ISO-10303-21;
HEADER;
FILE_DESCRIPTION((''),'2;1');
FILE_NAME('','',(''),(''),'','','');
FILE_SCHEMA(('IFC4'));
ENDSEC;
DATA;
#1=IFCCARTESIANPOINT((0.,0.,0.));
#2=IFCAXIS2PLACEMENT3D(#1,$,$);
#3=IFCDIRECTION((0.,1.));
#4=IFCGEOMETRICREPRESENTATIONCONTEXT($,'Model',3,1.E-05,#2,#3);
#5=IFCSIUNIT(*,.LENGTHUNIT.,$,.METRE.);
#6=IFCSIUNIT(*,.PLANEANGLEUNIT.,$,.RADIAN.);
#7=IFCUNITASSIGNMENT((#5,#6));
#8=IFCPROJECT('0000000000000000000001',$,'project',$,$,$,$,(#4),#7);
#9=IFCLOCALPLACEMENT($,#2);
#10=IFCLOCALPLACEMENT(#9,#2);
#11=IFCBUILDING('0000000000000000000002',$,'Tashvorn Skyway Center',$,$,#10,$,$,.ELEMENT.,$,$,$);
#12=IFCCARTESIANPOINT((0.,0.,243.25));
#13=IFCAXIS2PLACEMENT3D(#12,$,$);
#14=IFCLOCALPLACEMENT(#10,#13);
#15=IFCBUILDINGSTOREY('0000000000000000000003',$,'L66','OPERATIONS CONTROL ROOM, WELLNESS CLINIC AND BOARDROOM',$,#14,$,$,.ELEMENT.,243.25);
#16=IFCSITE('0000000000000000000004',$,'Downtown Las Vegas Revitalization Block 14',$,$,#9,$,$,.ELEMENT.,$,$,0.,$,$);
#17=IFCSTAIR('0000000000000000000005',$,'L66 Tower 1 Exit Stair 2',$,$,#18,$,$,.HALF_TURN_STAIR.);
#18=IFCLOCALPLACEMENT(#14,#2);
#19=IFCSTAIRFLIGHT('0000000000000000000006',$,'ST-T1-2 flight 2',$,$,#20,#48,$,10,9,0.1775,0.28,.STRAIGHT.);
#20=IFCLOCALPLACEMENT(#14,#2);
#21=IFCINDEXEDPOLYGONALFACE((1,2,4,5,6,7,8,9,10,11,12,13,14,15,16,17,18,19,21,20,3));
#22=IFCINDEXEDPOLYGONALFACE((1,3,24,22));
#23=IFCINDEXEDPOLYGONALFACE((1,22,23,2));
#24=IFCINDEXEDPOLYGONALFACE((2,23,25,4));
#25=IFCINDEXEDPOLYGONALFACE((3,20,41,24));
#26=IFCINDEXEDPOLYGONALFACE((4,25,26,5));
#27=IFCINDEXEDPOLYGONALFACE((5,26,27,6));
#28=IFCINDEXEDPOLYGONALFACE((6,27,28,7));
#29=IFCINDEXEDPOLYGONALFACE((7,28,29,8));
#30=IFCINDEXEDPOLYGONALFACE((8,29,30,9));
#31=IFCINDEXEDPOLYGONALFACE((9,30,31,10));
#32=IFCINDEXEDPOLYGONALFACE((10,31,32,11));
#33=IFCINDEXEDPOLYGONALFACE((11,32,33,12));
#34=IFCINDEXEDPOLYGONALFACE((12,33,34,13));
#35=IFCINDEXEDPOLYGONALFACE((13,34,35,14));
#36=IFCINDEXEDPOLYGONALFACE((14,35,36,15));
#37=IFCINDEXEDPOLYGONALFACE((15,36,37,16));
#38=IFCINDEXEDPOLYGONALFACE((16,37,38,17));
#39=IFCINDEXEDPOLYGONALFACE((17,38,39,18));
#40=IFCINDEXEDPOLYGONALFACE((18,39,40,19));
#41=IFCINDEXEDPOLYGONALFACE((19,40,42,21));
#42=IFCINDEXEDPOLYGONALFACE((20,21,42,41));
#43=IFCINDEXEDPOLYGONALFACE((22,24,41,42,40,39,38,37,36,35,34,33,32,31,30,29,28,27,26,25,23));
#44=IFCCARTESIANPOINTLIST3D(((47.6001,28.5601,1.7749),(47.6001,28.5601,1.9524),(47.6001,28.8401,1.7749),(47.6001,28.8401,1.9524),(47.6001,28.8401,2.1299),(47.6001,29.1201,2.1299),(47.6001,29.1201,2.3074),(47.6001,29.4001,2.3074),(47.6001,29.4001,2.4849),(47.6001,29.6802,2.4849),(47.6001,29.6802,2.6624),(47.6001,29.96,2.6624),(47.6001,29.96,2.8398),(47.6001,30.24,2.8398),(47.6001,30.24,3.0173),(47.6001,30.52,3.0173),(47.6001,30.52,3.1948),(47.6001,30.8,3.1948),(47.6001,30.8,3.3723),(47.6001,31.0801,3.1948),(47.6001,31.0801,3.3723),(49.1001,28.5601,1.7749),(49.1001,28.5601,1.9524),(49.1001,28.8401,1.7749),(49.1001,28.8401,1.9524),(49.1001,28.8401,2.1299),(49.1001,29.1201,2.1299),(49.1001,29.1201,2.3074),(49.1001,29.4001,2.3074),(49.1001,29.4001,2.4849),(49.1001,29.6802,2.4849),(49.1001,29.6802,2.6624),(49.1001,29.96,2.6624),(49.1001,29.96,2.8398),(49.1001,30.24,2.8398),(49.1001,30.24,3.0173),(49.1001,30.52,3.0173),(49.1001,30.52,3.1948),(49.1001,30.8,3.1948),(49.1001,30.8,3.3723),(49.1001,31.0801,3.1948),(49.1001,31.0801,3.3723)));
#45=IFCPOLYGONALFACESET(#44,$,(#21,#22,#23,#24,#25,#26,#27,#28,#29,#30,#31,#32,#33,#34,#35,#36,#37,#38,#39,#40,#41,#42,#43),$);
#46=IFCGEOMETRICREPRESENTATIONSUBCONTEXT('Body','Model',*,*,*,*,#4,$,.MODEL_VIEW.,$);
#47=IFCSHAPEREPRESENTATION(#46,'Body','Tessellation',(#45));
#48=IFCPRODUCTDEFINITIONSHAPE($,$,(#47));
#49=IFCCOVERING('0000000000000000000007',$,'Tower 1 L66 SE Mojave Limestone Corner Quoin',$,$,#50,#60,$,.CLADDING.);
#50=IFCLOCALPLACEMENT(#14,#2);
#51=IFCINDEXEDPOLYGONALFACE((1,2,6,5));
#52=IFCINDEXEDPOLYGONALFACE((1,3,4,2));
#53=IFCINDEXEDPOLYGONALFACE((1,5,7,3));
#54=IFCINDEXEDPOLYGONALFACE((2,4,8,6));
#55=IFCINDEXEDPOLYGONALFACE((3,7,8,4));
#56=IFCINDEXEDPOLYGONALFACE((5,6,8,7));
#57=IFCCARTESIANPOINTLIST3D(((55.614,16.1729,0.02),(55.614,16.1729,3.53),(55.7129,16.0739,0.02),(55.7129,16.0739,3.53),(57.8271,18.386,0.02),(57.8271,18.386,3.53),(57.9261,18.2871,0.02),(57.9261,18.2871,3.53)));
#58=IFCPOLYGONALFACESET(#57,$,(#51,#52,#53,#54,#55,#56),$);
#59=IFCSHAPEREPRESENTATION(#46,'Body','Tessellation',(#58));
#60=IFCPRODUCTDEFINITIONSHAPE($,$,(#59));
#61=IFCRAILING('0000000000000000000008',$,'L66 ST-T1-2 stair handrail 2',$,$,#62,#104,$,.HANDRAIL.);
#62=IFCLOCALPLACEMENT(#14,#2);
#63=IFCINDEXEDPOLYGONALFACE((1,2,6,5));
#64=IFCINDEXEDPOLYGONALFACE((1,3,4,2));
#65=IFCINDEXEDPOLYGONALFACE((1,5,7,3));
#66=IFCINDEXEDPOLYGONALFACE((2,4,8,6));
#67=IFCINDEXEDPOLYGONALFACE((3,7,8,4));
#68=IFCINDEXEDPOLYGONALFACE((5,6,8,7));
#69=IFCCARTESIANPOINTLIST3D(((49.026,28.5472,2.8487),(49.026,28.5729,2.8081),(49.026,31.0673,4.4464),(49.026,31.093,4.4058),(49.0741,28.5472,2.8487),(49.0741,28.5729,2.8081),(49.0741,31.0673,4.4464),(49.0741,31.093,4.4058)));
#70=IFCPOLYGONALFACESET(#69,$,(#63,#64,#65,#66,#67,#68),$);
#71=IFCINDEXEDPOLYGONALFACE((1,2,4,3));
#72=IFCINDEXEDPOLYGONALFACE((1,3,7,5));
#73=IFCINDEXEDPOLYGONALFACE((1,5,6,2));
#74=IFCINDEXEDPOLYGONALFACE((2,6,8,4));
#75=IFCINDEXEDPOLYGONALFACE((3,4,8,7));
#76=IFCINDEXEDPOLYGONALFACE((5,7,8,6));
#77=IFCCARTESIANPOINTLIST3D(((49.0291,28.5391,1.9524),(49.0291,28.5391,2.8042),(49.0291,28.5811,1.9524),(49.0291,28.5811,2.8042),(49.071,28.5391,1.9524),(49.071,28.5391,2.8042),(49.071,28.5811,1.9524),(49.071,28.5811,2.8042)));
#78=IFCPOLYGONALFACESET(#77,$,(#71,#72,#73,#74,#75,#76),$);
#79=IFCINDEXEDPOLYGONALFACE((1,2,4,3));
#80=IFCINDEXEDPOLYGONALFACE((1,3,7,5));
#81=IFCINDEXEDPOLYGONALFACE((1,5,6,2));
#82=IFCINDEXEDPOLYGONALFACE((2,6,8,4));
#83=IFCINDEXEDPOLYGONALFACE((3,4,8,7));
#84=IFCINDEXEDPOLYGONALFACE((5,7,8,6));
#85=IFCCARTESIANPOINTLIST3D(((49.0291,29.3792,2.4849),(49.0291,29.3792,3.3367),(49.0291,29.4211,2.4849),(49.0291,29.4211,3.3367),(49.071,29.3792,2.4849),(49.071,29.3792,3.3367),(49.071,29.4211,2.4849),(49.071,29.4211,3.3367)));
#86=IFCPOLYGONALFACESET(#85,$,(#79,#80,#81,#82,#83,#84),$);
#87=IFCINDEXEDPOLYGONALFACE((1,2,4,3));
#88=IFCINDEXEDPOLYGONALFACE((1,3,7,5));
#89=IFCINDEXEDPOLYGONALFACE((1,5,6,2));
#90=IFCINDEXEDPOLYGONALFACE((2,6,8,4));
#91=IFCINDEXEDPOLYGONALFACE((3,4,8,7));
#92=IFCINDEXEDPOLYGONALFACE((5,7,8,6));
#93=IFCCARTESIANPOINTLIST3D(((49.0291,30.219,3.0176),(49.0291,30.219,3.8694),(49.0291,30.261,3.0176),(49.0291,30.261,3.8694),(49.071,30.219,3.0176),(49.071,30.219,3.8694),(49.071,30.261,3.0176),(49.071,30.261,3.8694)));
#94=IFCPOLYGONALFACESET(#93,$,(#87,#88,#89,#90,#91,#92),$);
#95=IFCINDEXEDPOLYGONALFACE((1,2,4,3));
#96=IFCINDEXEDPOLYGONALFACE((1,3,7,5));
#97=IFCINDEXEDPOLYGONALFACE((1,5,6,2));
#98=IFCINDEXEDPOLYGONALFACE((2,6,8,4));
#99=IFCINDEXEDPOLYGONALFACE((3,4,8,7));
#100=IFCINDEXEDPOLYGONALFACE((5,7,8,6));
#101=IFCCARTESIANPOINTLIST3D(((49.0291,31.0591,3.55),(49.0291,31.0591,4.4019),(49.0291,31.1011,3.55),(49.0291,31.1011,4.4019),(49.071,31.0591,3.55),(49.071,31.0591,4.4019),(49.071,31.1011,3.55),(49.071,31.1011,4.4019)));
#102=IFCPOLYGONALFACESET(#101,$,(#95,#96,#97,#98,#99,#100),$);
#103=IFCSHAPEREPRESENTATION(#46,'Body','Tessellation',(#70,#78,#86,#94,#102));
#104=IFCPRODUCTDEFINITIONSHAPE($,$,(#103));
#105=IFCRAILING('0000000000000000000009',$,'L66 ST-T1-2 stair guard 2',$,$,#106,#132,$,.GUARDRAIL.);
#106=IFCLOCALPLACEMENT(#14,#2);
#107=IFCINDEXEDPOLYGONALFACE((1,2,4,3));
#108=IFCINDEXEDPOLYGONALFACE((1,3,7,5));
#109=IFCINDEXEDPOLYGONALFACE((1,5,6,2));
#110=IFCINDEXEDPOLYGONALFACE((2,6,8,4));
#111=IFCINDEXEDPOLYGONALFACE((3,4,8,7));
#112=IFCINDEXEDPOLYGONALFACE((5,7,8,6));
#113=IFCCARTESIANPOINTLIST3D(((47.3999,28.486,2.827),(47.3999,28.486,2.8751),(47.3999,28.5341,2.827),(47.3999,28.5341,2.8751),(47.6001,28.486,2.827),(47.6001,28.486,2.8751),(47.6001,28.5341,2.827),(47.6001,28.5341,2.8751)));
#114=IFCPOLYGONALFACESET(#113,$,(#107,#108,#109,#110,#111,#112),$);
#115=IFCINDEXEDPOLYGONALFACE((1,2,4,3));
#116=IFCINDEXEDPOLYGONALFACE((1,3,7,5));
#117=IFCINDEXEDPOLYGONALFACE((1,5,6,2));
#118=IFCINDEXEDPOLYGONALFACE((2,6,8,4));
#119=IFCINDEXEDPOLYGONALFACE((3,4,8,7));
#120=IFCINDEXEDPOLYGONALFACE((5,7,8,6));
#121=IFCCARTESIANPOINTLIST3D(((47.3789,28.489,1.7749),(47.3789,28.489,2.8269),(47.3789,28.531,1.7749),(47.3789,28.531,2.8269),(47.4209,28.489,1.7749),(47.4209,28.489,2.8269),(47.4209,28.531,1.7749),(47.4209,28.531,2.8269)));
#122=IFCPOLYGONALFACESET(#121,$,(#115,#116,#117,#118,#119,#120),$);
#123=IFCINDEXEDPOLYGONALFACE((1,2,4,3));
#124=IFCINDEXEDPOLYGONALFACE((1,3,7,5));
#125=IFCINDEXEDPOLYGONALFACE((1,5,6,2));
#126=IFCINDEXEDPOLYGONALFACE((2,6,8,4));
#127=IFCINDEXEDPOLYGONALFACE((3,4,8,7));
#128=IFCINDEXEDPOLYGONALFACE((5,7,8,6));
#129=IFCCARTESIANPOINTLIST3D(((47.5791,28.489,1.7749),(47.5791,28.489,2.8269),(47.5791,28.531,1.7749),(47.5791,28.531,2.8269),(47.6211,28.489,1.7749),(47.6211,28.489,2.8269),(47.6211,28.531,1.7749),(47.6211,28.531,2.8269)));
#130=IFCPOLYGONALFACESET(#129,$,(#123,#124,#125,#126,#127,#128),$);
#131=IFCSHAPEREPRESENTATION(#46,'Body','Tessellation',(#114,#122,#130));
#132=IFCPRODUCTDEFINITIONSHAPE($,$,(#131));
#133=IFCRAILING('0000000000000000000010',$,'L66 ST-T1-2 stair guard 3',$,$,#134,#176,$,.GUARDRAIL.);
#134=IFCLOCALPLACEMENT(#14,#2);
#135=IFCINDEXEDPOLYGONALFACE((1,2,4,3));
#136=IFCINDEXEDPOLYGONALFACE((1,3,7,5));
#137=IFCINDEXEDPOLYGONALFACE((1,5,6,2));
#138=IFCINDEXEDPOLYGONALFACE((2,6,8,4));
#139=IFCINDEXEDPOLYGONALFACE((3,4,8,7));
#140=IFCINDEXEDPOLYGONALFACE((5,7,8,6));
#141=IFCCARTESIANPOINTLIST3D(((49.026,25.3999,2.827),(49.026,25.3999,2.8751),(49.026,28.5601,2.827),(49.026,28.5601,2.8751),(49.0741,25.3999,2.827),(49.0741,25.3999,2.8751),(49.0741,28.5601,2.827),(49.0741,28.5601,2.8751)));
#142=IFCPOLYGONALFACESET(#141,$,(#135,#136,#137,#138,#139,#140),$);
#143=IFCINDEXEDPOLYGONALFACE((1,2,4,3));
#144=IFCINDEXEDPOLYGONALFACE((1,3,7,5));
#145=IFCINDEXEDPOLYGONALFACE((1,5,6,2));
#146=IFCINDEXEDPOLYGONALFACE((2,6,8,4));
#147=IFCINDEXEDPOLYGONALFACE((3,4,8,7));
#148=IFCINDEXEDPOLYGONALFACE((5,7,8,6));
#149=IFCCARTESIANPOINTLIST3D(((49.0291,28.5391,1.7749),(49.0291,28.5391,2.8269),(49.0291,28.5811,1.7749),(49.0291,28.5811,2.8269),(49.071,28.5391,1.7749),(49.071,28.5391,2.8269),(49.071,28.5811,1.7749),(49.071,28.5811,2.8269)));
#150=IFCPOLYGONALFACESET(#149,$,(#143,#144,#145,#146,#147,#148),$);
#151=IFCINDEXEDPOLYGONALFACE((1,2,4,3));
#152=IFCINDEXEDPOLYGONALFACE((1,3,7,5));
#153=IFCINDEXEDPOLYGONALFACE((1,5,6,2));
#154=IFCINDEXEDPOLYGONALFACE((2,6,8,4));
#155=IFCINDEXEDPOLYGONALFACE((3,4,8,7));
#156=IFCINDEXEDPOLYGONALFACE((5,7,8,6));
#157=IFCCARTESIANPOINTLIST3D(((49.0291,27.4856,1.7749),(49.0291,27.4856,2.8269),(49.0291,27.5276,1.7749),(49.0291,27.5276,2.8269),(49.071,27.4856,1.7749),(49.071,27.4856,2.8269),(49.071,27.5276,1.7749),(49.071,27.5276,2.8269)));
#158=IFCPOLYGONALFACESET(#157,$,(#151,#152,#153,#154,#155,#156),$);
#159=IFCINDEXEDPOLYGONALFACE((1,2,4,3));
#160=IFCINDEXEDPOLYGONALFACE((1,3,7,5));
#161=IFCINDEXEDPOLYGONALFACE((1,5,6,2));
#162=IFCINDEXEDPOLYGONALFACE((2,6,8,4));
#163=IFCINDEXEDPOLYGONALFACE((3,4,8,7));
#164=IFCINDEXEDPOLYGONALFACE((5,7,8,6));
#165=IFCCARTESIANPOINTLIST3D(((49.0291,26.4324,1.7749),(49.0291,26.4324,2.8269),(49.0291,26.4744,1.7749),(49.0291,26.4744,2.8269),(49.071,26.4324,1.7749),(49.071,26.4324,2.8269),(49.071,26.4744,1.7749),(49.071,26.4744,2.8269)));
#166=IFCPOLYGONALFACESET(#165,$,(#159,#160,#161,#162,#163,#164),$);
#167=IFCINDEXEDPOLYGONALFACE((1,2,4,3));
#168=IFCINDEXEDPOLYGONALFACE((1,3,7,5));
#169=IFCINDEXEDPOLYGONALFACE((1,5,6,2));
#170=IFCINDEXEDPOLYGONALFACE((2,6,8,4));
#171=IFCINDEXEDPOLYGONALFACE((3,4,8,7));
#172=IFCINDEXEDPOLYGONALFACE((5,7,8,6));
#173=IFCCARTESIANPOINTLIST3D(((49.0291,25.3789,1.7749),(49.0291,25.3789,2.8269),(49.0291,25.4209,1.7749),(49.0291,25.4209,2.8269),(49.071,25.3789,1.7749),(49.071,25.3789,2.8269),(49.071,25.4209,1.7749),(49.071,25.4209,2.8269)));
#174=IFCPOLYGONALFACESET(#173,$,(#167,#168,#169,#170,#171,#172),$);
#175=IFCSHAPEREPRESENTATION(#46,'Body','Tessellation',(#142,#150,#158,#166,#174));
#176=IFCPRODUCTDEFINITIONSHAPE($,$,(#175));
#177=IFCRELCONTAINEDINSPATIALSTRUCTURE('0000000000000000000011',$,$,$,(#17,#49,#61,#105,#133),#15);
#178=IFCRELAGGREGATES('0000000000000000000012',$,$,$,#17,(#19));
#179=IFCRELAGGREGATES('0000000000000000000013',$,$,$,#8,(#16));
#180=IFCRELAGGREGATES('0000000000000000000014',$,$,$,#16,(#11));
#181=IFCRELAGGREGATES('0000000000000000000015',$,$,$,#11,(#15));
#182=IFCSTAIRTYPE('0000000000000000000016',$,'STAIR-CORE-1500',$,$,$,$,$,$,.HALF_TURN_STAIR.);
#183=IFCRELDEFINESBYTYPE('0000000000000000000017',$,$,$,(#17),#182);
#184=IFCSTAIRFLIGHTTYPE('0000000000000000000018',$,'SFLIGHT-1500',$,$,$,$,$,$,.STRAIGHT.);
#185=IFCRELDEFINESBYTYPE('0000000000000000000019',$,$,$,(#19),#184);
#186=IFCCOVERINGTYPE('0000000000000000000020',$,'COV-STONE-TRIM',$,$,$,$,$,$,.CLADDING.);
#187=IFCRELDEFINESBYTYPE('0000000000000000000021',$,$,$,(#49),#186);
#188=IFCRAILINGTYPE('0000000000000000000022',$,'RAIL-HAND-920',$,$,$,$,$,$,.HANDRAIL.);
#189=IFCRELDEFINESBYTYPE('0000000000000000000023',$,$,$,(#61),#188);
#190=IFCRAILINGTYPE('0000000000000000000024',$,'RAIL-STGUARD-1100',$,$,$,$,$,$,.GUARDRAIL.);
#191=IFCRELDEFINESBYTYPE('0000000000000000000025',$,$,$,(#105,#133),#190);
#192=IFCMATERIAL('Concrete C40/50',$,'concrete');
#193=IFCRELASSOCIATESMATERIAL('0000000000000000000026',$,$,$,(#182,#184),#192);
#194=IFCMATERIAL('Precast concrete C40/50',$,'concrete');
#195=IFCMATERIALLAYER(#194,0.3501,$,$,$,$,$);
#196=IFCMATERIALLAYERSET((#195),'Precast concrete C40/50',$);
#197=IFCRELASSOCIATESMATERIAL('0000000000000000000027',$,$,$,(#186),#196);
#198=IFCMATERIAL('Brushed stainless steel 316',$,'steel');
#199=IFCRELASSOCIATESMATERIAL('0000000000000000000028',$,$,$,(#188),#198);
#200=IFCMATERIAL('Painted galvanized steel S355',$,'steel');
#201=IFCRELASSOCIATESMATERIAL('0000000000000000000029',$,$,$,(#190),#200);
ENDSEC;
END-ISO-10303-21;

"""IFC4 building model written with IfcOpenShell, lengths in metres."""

from ifc_helpers import new_model, si_unit, direction, frame, origin, origin_2d, place, context, subcontext, project, spatial, polyline, rectangle, outline, extrude, material, layer, layer_set, type_object, element, aggregate, save


model = new_model("IFC4")

# Units and contexts
model_context = context("Model", 3, precision=1e-05, world=origin(), true_north=direction((0.0, 1.0)))
body_context = subcontext(model_context, "Body", "Model", "MODEL_VIEW")
ifc_project = project(units=[si_unit("LENGTHUNIT", "METRE"), si_unit("PLANEANGLEUNIT", "RADIAN")], contexts=[model_context])

# Site, building, storey
site_placement = place(None, origin())
site = spatial("IfcSite", under=ifc_project, at=site_placement, Name="Downtown Las Vegas Revitalization Block 14", CompositionType="ELEMENT", RefElevation=0.0)
building_placement = place(site_placement, origin())
building = spatial("IfcBuilding", under=site, at=building_placement, Name="Tashvorn Skyway Center", CompositionType="ELEMENT")
storey_placement = place(building_placement, frame((0.0, 0.0, 243.25)))
storey = spatial("IfcBuildingStorey", under=building, at=storey_placement, Name="L66", Description="OPERATIONS CONTROL ROOM, WELLNESS CLINIC AND BOARDROOM", CompositionType="ELEMENT", Elevation=243.25)

# Stair, stair flight
ifc_material_1 = material(Name="Concrete C40/50", Category="concrete")
stair_type = type_object("IfcStairType", Name="STAIR-CORE-1500", PredefinedType="HALF_TURN_STAIR", material=ifc_material_1)
stair_placement = place(storey_placement, origin())
stair = element("IfcStair", 1, at=stair_placement, inside=storey, type_object=stair_type, Name="L66 Tower 1 Exit Stair 2", PredefinedType="HALF_TURN_STAIR")
stair_flight_type = type_object("IfcStairFlightType", Name="SFLIGHT-1500", PredefinedType="STRAIGHT", material=ifc_material_1)
stair_flight_placement = place(storey_placement, frame((48.3501, 28.5601, 1.7749), z_axis=(0.0, 0.0, 1.0), x_axis=(0.0, 1.0, 0.0)))
stair_flight = element("IfcStairFlight", 2, at=stair_flight_placement, type_object=stair_flight_type, Name="ST-T1-2 flight 2", NumberOfRisers=10, NumberOfTreads=9, PredefinedType="STRAIGHT", RiserHeight=0.1775, TreadLength=0.28, context=body_context, shape_type="SweptSolid", body=[
    extrude(outline(polyline([(0.0, 0.0), (0.0, 0.1775), (0.28, 0.1775), (0.28, 0.355), (0.5601, 0.355), (0.5601, 0.5325), (0.8401, 0.5325), (0.8401, 0.71), (1.1201, 0.71), (1.1201, 0.8875), (1.3999, 0.8875), (1.3999, 1.0649), (1.6799, 1.0649), (1.6799, 1.2424), (1.96, 1.2424), (1.96, 1.4199), (2.24, 1.4199), (2.24, 1.5974), (2.52, 1.5974), (2.52, 1.7749), (2.52, 1.4199), (0.28, 0.0), (0.0, 0.0)])), frame((0.0, 0.75, 0.0), z_axis=(0.0, -1.0, 0.0), x_axis=(1.0, 0.0, 0.0)), (0.0, 0.0, 1.0), 1.5),
])
aggregate(stair, [stair_flight])

# Covering
ifc_material_2 = material(Name="Precast concrete C40/50", Category="concrete")
ifc_layer_1 = layer(ifc_material_2, 0.3501)
ifc_layer_set_1 = layer_set([ifc_layer_1], Name="Precast concrete C40/50")
covering_type = type_object("IfcCoveringType", Name="COV-STONE-TRIM", PredefinedType="CLADDING", material=ifc_layer_set_1)
covering_placement = place(storey_placement, frame((56.77, 17.23, 0.02), z_axis=(0.0, 0.0, 1.0), x_axis=(0.707107, 0.707107, 0.0)))
element("IfcCovering", 3, at=covering_placement, inside=storey, type_object=covering_type, Name="Tower 1 L66 SE Mojave Limestone Corner Quoin", PredefinedType="CLADDING", context=body_context, shape_type="SweptSolid", body=[
    extrude(rectangle(XDim=3.1299, YDim=0.1399, at=origin_2d()), origin(), (0.0, 0.0, 1.0), 3.51),
])

# Railings
ifc_material_3 = material(Name="Brushed stainless steel 316", Category="steel")
railing_type_1 = type_object("IfcRailingType", Name="RAIL-HAND-920", PredefinedType="HANDRAIL", material=ifc_material_3)
railing_1_placement = place(storey_placement, frame((49.05, 28.5601, 1.9524)))
element("IfcRailing", 4, at=railing_1_placement, inside=storey, type_object=railing_type_1, Name="L66 ST-T1-2 stair handrail 2", PredefinedType="HANDRAIL", context=body_context, shape_type="SweptSolid", body=[
    extrude(rectangle(XDim=0.0481, YDim=0.0481, at=origin_2d()), frame((0.0, 0.0, 0.876), z_axis=(0.0, 0.84457, 0.535445), x_axis=(-1.0, 0.0, 0.0)), (0.0, 0.0, 1.0), 2.9839),
    extrude(rectangle(XDim=0.042, YDim=0.042, at=origin_2d()), origin(), (0.0, 0.0, 1.0), 0.8518),
    extrude(rectangle(XDim=0.042, YDim=0.042, at=origin_2d()), frame((0.0, 0.8401, 0.5325)), (0.0, 0.0, 1.0), 0.8518),
    extrude(rectangle(XDim=0.042, YDim=0.042, at=origin_2d()), frame((0.0, 1.6799, 1.0652)), (0.0, 0.0, 1.0), 0.8518),
    extrude(rectangle(XDim=0.042, YDim=0.042, at=origin_2d()), frame((0.0, 2.52, 1.5977)), (0.0, 0.0, 1.0), 0.8518),
])
ifc_material_4 = material(Name="Painted galvanized steel S355", Category="steel")
railing_type_2 = type_object("IfcRailingType", Name="RAIL-STGUARD-1100", PredefinedType="GUARDRAIL", material=ifc_material_4)
railing_2_placement = place(storey_placement, frame((47.3999, 28.51, 1.7749)))
element("IfcRailing", 5, at=railing_2_placement, inside=storey, type_object=railing_type_2, Name="L66 ST-T1-2 stair guard 2", PredefinedType="GUARDRAIL", context=body_context, shape_type="SweptSolid", body=[
    extrude(rectangle(XDim=0.0481, YDim=0.0481, at=origin_2d()), frame((0.0, 0.0, 1.0762), z_axis=(1.0, 0.0, 0.0), x_axis=(0.0, 1.0, 0.0)), (0.0, 0.0, 1.0), 0.2002),
    extrude(rectangle(XDim=0.042, YDim=0.042, at=origin_2d()), origin(), (0.0, 0.0, 1.0), 1.052),
    extrude(rectangle(XDim=0.042, YDim=0.042, at=origin_2d()), frame((0.2002, 0.0, 0.0)), (0.0, 0.0, 1.0), 1.052),
])
railing_3_placement = place(storey_placement, frame((49.05, 28.5601, 1.7749)))
element("IfcRailing", 6, at=railing_3_placement, inside=storey, type_object=railing_type_2, Name="L66 ST-T1-2 stair guard 3", PredefinedType="GUARDRAIL", context=body_context, shape_type="SweptSolid", body=[
    extrude(rectangle(XDim=0.0481, YDim=0.0481, at=origin_2d()), frame((0.0, 0.0, 1.0762), z_axis=(0.0, -1.0, 0.0), x_axis=(1.0, 0.0, 0.0)), (0.0, 0.0, 1.0), 3.1602),
    extrude(rectangle(XDim=0.042, YDim=0.042, at=origin_2d()), origin(), (0.0, 0.0, 1.0), 1.052),
    extrude(rectangle(XDim=0.042, YDim=0.042, at=origin_2d()), frame((0.0, -1.0535, 0.0)), (0.0, 0.0, 1.0), 1.052),
    extrude(rectangle(XDim=0.042, YDim=0.042, at=origin_2d()), frame((0.0, -2.1067, 0.0)), (0.0, 0.0, 1.0), 1.052),
    extrude(rectangle(XDim=0.042, YDim=0.042, at=origin_2d()), frame((0.0, -3.1602, 0.0)), (0.0, 0.0, 1.0), 1.052),
])

save(model, "model.ifc")
